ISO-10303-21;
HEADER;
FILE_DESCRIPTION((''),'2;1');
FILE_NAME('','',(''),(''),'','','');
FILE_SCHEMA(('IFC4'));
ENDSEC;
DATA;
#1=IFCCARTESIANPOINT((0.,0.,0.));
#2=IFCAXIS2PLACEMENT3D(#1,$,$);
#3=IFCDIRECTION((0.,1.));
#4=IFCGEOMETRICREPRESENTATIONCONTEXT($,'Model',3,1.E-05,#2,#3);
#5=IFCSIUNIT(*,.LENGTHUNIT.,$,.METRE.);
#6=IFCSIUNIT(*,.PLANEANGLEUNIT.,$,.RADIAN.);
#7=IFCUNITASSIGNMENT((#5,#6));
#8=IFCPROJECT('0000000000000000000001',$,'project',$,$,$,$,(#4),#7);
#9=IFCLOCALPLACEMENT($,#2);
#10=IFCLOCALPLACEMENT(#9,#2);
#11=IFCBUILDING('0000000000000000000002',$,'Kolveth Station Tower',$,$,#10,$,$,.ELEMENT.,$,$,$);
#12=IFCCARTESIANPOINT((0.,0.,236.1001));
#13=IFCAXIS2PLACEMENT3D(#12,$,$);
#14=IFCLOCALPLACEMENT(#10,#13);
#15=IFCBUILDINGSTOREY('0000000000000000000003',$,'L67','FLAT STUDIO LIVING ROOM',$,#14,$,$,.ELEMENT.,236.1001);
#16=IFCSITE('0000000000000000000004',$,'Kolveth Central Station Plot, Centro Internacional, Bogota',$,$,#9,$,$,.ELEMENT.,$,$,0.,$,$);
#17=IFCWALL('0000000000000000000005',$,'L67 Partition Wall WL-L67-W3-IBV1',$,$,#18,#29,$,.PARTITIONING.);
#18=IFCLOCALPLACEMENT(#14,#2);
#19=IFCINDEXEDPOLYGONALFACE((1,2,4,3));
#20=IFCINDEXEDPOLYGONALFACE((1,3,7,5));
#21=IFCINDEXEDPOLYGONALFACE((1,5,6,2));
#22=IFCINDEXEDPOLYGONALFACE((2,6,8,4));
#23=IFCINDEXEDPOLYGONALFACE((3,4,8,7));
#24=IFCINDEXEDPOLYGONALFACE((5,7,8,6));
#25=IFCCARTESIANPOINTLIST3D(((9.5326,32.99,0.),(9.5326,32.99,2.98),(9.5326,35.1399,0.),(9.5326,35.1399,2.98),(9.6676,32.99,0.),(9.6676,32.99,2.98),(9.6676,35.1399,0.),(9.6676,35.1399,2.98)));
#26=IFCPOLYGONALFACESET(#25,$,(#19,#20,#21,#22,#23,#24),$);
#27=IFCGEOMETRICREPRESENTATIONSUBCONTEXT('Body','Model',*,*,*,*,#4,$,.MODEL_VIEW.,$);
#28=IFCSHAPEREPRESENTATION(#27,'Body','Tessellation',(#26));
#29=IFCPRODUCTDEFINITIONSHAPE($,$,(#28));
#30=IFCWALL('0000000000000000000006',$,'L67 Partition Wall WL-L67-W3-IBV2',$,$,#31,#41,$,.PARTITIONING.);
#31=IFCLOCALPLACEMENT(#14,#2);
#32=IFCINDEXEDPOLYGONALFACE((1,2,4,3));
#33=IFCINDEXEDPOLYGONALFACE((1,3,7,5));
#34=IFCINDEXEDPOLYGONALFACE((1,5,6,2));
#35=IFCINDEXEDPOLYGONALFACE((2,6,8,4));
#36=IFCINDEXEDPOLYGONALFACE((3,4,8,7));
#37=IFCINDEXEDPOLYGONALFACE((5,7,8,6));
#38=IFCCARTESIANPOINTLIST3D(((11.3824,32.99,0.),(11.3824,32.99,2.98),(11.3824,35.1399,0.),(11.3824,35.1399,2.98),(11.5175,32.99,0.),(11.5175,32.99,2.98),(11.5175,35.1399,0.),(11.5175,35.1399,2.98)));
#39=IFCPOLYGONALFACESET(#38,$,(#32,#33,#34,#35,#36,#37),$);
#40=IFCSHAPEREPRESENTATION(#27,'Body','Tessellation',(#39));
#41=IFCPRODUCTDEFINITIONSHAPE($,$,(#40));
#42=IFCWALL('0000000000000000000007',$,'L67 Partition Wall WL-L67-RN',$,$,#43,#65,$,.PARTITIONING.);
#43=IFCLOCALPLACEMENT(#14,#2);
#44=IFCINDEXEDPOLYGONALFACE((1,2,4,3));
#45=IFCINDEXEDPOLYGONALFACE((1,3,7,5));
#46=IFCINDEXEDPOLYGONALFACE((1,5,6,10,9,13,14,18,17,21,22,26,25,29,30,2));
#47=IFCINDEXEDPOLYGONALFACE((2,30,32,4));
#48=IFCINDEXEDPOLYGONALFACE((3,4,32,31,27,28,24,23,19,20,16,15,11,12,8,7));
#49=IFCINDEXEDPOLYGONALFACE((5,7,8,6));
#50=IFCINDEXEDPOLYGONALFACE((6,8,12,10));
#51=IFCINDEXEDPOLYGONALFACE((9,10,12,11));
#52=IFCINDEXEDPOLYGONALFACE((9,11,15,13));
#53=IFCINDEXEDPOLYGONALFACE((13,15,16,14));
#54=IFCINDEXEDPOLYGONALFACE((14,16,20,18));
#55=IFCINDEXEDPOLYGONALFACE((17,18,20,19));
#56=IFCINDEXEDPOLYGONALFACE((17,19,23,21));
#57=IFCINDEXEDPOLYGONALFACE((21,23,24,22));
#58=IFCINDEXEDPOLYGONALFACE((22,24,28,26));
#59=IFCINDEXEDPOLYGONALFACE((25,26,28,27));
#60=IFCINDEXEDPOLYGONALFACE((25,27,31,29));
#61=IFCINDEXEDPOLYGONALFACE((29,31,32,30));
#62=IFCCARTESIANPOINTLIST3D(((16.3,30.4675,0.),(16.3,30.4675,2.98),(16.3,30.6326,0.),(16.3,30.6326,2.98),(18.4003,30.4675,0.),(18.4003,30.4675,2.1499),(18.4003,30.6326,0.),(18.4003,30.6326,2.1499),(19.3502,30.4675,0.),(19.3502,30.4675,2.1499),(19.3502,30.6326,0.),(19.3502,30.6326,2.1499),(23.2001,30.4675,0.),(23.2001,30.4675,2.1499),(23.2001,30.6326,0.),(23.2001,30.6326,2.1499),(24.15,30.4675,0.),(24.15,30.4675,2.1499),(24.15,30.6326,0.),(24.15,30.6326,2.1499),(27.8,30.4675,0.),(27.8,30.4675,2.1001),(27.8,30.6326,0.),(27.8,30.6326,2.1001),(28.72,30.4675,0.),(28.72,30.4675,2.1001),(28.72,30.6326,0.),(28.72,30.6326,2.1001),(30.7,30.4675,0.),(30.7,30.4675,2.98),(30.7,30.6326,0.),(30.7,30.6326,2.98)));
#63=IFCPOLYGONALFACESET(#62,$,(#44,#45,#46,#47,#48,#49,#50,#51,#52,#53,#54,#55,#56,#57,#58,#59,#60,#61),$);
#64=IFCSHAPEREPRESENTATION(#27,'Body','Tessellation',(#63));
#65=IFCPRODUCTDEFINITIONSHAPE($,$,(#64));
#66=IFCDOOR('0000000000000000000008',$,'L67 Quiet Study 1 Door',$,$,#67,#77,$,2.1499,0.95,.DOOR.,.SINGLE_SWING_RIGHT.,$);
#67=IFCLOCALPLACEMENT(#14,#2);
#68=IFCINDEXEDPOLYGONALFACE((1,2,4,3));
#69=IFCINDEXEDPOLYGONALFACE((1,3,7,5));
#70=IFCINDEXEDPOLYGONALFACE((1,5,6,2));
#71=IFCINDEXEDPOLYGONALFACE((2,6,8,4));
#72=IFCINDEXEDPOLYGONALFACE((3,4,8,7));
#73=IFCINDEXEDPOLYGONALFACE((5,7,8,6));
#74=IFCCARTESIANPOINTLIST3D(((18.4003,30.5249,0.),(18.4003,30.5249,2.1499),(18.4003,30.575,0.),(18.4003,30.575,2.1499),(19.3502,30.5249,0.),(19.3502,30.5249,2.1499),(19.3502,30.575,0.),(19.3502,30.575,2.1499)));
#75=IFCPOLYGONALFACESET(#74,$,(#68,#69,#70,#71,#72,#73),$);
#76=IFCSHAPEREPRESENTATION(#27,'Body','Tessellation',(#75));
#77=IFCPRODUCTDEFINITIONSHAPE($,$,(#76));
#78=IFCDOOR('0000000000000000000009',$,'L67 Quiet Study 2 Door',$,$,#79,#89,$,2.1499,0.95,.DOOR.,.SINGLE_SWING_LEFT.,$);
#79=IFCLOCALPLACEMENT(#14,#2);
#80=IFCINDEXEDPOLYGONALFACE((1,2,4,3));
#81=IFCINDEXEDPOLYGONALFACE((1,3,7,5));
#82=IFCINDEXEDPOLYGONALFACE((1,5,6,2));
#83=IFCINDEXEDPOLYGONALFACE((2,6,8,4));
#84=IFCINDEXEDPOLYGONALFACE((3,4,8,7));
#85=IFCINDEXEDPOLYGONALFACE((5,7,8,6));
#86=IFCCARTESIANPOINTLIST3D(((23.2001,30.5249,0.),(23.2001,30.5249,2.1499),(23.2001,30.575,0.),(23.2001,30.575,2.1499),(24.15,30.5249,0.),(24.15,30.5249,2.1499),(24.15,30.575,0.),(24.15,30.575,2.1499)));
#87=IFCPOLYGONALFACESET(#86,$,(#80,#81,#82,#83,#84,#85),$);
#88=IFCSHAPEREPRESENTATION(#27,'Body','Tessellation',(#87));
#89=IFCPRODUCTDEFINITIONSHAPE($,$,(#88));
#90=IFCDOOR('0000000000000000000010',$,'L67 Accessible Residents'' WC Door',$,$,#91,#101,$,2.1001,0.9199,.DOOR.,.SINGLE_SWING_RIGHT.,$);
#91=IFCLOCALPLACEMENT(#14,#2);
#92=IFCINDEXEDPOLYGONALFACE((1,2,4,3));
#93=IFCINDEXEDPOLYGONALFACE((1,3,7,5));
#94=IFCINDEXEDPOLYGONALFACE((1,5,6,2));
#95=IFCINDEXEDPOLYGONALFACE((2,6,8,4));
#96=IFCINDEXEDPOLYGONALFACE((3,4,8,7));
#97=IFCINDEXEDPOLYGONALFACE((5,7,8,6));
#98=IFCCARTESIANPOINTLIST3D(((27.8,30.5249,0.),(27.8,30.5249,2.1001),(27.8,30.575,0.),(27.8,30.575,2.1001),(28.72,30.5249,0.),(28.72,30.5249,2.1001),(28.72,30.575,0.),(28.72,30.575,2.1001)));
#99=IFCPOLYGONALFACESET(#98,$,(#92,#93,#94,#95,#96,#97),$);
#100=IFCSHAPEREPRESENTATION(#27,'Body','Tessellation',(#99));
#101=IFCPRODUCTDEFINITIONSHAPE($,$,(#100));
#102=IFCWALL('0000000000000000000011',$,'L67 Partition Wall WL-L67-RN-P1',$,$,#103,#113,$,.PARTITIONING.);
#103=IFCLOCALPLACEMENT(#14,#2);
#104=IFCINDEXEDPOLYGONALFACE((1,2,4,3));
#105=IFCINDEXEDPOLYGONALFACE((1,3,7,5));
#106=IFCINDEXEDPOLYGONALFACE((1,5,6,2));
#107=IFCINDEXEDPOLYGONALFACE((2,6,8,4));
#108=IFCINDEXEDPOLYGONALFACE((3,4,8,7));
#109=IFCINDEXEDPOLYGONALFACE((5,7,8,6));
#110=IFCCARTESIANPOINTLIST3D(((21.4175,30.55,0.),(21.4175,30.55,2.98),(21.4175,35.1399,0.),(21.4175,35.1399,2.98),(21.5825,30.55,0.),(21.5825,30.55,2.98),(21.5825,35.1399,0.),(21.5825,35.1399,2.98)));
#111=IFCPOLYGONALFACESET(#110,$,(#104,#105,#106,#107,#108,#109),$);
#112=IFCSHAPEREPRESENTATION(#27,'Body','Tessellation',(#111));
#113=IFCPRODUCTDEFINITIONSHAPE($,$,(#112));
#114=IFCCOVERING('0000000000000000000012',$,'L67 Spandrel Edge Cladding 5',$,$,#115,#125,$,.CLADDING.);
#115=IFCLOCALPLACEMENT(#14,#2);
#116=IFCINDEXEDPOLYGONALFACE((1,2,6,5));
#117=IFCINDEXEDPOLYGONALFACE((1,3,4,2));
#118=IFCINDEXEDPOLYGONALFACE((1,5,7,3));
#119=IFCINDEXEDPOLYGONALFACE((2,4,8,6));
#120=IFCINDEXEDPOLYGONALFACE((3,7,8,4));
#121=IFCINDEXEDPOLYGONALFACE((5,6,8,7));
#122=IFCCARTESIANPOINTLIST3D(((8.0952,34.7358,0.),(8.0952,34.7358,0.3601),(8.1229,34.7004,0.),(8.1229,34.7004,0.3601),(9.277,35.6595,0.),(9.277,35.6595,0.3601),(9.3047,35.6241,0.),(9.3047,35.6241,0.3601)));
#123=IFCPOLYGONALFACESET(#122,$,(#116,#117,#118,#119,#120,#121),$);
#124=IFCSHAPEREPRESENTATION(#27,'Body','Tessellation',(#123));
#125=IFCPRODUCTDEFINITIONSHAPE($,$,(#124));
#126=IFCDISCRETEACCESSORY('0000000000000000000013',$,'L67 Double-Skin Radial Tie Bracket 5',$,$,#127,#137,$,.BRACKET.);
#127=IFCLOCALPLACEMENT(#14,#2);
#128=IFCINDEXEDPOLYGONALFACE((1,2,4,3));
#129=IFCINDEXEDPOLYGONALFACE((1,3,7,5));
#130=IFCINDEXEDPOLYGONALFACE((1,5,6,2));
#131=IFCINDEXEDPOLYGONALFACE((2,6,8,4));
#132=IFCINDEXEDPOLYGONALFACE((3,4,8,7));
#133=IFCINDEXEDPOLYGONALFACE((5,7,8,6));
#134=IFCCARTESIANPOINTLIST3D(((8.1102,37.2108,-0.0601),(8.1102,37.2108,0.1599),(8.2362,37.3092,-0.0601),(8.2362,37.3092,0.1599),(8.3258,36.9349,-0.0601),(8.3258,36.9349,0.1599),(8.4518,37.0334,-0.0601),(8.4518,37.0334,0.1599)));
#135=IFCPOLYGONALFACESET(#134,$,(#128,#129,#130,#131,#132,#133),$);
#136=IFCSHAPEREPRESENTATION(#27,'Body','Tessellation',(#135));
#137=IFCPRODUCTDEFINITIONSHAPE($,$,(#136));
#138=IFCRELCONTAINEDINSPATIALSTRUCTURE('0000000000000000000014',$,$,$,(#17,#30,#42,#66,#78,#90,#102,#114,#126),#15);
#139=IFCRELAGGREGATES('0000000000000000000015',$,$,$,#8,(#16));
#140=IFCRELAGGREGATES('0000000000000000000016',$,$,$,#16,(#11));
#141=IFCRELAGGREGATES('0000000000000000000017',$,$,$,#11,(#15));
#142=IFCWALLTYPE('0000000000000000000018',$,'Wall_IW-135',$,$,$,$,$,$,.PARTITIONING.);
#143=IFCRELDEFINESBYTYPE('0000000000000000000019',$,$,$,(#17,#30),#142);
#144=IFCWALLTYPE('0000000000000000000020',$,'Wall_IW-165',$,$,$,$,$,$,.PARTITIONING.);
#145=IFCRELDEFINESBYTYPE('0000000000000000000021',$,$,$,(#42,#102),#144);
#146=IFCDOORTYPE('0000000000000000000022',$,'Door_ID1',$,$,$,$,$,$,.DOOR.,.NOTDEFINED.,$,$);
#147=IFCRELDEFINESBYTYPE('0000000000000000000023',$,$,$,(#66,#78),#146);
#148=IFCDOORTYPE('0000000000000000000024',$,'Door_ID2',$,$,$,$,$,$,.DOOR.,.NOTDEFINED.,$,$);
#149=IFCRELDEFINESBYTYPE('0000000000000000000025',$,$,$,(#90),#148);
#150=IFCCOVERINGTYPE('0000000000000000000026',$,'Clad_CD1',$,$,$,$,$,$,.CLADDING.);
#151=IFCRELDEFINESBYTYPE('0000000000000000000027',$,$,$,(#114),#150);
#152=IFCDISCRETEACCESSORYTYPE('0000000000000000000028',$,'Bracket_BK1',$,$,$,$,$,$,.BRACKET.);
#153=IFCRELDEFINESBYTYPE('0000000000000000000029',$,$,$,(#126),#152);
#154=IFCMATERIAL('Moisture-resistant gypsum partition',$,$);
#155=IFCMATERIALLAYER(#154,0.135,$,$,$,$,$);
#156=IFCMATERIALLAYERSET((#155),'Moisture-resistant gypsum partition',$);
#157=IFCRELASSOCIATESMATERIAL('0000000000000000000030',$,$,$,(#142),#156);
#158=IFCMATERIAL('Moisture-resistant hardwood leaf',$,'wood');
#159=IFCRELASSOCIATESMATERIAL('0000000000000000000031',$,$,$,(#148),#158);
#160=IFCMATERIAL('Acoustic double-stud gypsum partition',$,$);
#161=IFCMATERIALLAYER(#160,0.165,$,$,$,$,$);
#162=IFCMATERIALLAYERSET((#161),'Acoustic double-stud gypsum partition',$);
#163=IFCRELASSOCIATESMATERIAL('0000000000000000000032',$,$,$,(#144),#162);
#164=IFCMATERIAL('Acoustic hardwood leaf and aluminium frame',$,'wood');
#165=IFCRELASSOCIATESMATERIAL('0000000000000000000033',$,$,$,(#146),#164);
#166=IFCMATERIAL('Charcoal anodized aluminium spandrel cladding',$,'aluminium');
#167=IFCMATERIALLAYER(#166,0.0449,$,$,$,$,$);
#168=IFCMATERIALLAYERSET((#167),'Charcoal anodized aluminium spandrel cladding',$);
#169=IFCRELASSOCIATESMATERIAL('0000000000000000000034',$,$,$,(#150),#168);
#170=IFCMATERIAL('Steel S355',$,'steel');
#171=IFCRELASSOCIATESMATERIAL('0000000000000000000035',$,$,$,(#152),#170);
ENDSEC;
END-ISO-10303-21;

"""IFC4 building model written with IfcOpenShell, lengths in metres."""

from ifc_helpers import new_model, si_unit, direction, frame, frame_2d, origin, origin_2d, place, context, subcontext, project, spatial, rectangle, extrude, source, transform, mapped, material, layer, layer_set, type_object, element, fill, save


model = new_model("IFC4")

# Units and contexts
model_context = context("Model", 3, precision=1e-05, world=origin(), true_north=direction((0.0, 1.0)))
body_context = subcontext(model_context, "Body", "Model", "MODEL_VIEW")
ifc_project = project(units=[si_unit("LENGTHUNIT", "METRE"), si_unit("PLANEANGLEUNIT", "RADIAN")], contexts=[model_context])

# Site, building, storey
site_placement = place(None, origin())
site = spatial("IfcSite", under=ifc_project, at=site_placement, Name="Kolveth Central Station Plot, Centro Internacional, Bogota", CompositionType="ELEMENT", RefElevation=0.0)
building_placement = place(site_placement, origin())
building = spatial("IfcBuilding", under=site, at=building_placement, Name="Kolveth Station Tower", CompositionType="ELEMENT")
storey_placement = place(building_placement, frame((0.0, 0.0, 236.1001)))
storey = spatial("IfcBuildingStorey", under=building, at=storey_placement, Name="L67", Description="FLAT STUDIO LIVING ROOM", CompositionType="ELEMENT", Elevation=236.1001)

# Shared definitions
ifc_material_1 = material(Name="Steel S355", Category="steel")

# Shared definitions
ifc_material_2 = material(Name="Moisture-resistant gypsum partition")
ifc_layer_1 = layer(ifc_material_2, 0.135)
ifc_layer_set_1 = layer_set([ifc_layer_1], Name="Moisture-resistant gypsum partition")
wall_type_1 = type_object("IfcWallType", Name="Wall_IW-135", PredefinedType="PARTITIONING", material=ifc_layer_set_1)
ifc_material_3 = material(Name="Moisture-resistant hardwood leaf", Category="wood")
door_type_1 = type_object("IfcDoorType", Name="Door_ID2", OperationType="NOTDEFINED", PredefinedType="DOOR", material=ifc_material_3)

# Walls
for number, where, z_axis, x_axis, name in (
    (1, (9.6001, 32.99, 0.0), (0.0, 0.0, 1.0), (0.0, 1.0, 0.0), "L67 Partition Wall WL-L67-W3-IBV1"),
    (2, (11.45, 32.99, 0.0), (0.0, 0.0, 1.0), (0.0, 1.0, 0.0), "L67 Partition Wall WL-L67-W3-IBV2"),
):
    element("IfcWall", number, at=place(storey_placement, frame(where, z_axis=z_axis, x_axis=x_axis)), inside=storey, type_object=wall_type_1, Name=name, PredefinedType="PARTITIONING", context=body_context, shape_type="SweptSolid", body=[
        extrude(rectangle(XDim=2.1499, YDim=0.135, at=frame_2d((1.075, 0.0))), origin(), (0.0, 0.0, 1.0), 2.98),
    ])

# Wall, openings, doors
ifc_material_4 = material(Name="Acoustic double-stud gypsum partition")
ifc_layer_2 = layer(ifc_material_4, 0.165)
ifc_layer_set_2 = layer_set([ifc_layer_2], Name="Acoustic double-stud gypsum partition")
wall_type_2 = type_object("IfcWallType", Name="Wall_IW-165", PredefinedType="PARTITIONING", material=ifc_layer_set_2)
wall_1_placement = place(storey_placement, frame((16.3, 30.55, 0.0), z_axis=(0.0, 0.0, 1.0), x_axis=(1.0, 0.0, 0.0)))
wall_1 = element("IfcWall", 3, at=wall_1_placement, inside=storey, type_object=wall_type_2, Name="L67 Partition Wall WL-L67-RN", PredefinedType="PARTITIONING", context=body_context, shape_type="SweptSolid", body=[
    extrude(rectangle(XDim=14.3999, YDim=0.165, at=frame_2d((7.2, 0.0))), origin(), (0.0, 0.0, 1.0), 2.98),
])
opening_1_placement = place(wall_1_placement, frame((2.1001, 0.0, 0.0)))
opening_1 = element("IfcOpeningElement", 4, at=opening_1_placement, cuts=wall_1, PredefinedType="OPENING", context=body_context, shape_type="SweptSolid", body=[
    extrude(rectangle(XDim=0.95, YDim=2.1499, at=frame_2d((0.4751, 1.075))), frame((0.0, 0.0925, 0.0), z_axis=(0.0, -1.0, 0.0), x_axis=(1.0, 0.0, 0.0)), (0.0, 0.0, 1.0), 0.1851),
])
opening_2_placement = place(wall_1_placement, frame((6.8999, 0.0, 0.0)))
opening_2 = element("IfcOpeningElement", 5, at=opening_2_placement, cuts=wall_1, PredefinedType="OPENING", context=body_context, shape_type="SweptSolid", body=[
    extrude(rectangle(XDim=0.95, YDim=2.1499, at=frame_2d((0.4751, 1.075))), frame((0.0, 0.0925, 0.0), z_axis=(0.0, -1.0, 0.0), x_axis=(1.0, 0.0, 0.0)), (0.0, 0.0, 1.0), 0.1851),
])
opening_3_placement = place(wall_1_placement, frame((11.5, 0.0, 0.0)))
opening_3 = element("IfcOpeningElement", 6, at=opening_3_placement, cuts=wall_1, PredefinedType="OPENING", context=body_context, shape_type="SweptSolid", body=[
    extrude(rectangle(XDim=0.9199, YDim=2.1001, at=frame_2d((0.46, 1.05))), frame((0.0, 0.0925, 0.0), z_axis=(0.0, -1.0, 0.0), x_axis=(1.0, 0.0, 0.0)), (0.0, 0.0, 1.0), 0.1851),
])
ifc_material_5 = material(Name="Acoustic hardwood leaf and aluminium frame", Category="wood")
door_type_2 = type_object("IfcDoorType", Name="Door_ID1", OperationType="NOTDEFINED", PredefinedType="DOOR", material=ifc_material_5)
door_1_placement = place(opening_1_placement, origin())
door_1 = element("IfcDoor", 7, at=door_1_placement, inside=storey, type_object=door_type_2, Name="L67 Quiet Study 1 Door", OperationType="SINGLE_SWING_RIGHT", OverallHeight=2.1499, OverallWidth=0.95, PredefinedType="DOOR", context=body_context, shape_type="SweptSolid", body=[
    extrude(rectangle(XDim=0.95, YDim=2.1499, at=frame_2d((0.4751, 1.075))), frame((0.0, 0.0249, 0.0), z_axis=(0.0, -1.0, 0.0), x_axis=(1.0, 0.0, 0.0)), (0.0, 0.0, 1.0), 0.05),
])
fill(opening_1, door_1)
door_2_placement = place(opening_2_placement, origin())
door_2 = element("IfcDoor", 8, at=door_2_placement, inside=storey, type_object=door_type_2, Name="L67 Quiet Study 2 Door", OperationType="SINGLE_SWING_LEFT", OverallHeight=2.1499, OverallWidth=0.95, PredefinedType="DOOR", context=body_context, shape_type="SweptSolid", body=[
    extrude(rectangle(XDim=0.95, YDim=2.1499, at=frame_2d((0.4751, 1.075))), frame((0.0, 0.0249, 0.0), z_axis=(0.0, -1.0, 0.0), x_axis=(1.0, 0.0, 0.0)), (0.0, 0.0, 1.0), 0.05),
])
fill(opening_2, door_2)
door_3_placement = place(opening_3_placement, origin())
door_3 = element("IfcDoor", 9, at=door_3_placement, inside=storey, type_object=door_type_1, Name="L67 Accessible Residents' WC Door", OperationType="SINGLE_SWING_RIGHT", OverallHeight=2.1001, OverallWidth=0.9199, PredefinedType="DOOR", context=body_context, shape_type="SweptSolid", body=[
    extrude(rectangle(XDim=0.9199, YDim=2.1001, at=frame_2d((0.46, 1.05))), frame((0.0, 0.0249, 0.0), z_axis=(0.0, -1.0, 0.0), x_axis=(1.0, 0.0, 0.0)), (0.0, 0.0, 1.0), 0.05),
])
fill(opening_3, door_3)

# Wall
wall_2_placement = place(storey_placement, frame((21.5, 30.55, 0.0), z_axis=(0.0, 0.0, 1.0), x_axis=(0.0, 1.0, 0.0)))
element("IfcWall", 10, at=wall_2_placement, inside=storey, type_object=wall_type_2, Name="L67 Partition Wall WL-L67-RN-P1", PredefinedType="PARTITIONING", context=body_context, shape_type="SweptSolid", body=[
    extrude(rectangle(XDim=4.5898, YDim=0.165, at=frame_2d((2.2949, 0.0))), origin(), (0.0, 0.0, 1.0), 2.98),
])

# Covering
ifc_material_6 = material(Name="Charcoal anodized aluminium spandrel cladding", Category="aluminium")
ifc_layer_3 = layer(ifc_material_6, 0.0449)
ifc_layer_set_3 = layer_set([ifc_layer_3], Name="Charcoal anodized aluminium spandrel cladding")
covering_type = type_object("IfcCoveringType", Name="Clad_CD1", PredefinedType="CLADDING", material=ifc_layer_set_3)
shared_shape_1 = source(origin(), body_context, "Body", "SweptSolid", [
    extrude(rectangle(XDim=1.5, YDim=0.0449, at=origin_2d()), origin(), (0.0, 0.0, 1.0), 0.3601),
])
covering_placement = place(storey_placement, frame((8.7, 35.1799, 0.0), z_axis=(0.0, 0.0, 1.0), x_axis=(-0.787903, -0.615799, 0.0)))
element("IfcCovering", 11, at=covering_placement, inside=storey, type_object=covering_type, Name="L67 Spandrel Edge Cladding 5", PredefinedType="CLADDING", context=body_context, shape_type="MappedRepresentation", body=[
    mapped(shared_shape_1, transform((0.0, 0.0, 0.0), x_axis=(1.0, 0.0, 0.0), y_axis=(0.0, 1.0, 0.0), z_axis=(0.0, 0.0, 1.0), scale=1.0)),
])

# Discrete accessory
discrete_accessory_type = type_object("IfcDiscreteAccessoryType", Name="Bracket_BK1", PredefinedType="BRACKET", material=ifc_material_1)
shared_shape_2 = source(origin(), body_context, "Body", "SweptSolid", [
    extrude(rectangle(XDim=0.3501, YDim=0.1599, at=origin_2d()), origin(), (0.0, 0.0, 1.0), 0.22),
])
discrete_accessory_placement = place(storey_placement, frame((8.281, 37.1221, -0.0601), z_axis=(0.0, 0.0, 1.0), x_axis=(-0.615799, 0.787903, 0.0)))
element("IfcDiscreteAccessory", 12, at=discrete_accessory_placement, inside=storey, type_object=discrete_accessory_type, Name="L67 Double-Skin Radial Tie Bracket 5", PredefinedType="BRACKET", context=body_context, shape_type="MappedRepresentation", body=[
    mapped(shared_shape_2, transform((0.0, 0.0, 0.0), x_axis=(1.0, 0.0, 0.0), y_axis=(0.0, 1.0, 0.0), z_axis=(0.0, 0.0, 1.0), scale=1.0)),
])

save(model, "model.ifc")
